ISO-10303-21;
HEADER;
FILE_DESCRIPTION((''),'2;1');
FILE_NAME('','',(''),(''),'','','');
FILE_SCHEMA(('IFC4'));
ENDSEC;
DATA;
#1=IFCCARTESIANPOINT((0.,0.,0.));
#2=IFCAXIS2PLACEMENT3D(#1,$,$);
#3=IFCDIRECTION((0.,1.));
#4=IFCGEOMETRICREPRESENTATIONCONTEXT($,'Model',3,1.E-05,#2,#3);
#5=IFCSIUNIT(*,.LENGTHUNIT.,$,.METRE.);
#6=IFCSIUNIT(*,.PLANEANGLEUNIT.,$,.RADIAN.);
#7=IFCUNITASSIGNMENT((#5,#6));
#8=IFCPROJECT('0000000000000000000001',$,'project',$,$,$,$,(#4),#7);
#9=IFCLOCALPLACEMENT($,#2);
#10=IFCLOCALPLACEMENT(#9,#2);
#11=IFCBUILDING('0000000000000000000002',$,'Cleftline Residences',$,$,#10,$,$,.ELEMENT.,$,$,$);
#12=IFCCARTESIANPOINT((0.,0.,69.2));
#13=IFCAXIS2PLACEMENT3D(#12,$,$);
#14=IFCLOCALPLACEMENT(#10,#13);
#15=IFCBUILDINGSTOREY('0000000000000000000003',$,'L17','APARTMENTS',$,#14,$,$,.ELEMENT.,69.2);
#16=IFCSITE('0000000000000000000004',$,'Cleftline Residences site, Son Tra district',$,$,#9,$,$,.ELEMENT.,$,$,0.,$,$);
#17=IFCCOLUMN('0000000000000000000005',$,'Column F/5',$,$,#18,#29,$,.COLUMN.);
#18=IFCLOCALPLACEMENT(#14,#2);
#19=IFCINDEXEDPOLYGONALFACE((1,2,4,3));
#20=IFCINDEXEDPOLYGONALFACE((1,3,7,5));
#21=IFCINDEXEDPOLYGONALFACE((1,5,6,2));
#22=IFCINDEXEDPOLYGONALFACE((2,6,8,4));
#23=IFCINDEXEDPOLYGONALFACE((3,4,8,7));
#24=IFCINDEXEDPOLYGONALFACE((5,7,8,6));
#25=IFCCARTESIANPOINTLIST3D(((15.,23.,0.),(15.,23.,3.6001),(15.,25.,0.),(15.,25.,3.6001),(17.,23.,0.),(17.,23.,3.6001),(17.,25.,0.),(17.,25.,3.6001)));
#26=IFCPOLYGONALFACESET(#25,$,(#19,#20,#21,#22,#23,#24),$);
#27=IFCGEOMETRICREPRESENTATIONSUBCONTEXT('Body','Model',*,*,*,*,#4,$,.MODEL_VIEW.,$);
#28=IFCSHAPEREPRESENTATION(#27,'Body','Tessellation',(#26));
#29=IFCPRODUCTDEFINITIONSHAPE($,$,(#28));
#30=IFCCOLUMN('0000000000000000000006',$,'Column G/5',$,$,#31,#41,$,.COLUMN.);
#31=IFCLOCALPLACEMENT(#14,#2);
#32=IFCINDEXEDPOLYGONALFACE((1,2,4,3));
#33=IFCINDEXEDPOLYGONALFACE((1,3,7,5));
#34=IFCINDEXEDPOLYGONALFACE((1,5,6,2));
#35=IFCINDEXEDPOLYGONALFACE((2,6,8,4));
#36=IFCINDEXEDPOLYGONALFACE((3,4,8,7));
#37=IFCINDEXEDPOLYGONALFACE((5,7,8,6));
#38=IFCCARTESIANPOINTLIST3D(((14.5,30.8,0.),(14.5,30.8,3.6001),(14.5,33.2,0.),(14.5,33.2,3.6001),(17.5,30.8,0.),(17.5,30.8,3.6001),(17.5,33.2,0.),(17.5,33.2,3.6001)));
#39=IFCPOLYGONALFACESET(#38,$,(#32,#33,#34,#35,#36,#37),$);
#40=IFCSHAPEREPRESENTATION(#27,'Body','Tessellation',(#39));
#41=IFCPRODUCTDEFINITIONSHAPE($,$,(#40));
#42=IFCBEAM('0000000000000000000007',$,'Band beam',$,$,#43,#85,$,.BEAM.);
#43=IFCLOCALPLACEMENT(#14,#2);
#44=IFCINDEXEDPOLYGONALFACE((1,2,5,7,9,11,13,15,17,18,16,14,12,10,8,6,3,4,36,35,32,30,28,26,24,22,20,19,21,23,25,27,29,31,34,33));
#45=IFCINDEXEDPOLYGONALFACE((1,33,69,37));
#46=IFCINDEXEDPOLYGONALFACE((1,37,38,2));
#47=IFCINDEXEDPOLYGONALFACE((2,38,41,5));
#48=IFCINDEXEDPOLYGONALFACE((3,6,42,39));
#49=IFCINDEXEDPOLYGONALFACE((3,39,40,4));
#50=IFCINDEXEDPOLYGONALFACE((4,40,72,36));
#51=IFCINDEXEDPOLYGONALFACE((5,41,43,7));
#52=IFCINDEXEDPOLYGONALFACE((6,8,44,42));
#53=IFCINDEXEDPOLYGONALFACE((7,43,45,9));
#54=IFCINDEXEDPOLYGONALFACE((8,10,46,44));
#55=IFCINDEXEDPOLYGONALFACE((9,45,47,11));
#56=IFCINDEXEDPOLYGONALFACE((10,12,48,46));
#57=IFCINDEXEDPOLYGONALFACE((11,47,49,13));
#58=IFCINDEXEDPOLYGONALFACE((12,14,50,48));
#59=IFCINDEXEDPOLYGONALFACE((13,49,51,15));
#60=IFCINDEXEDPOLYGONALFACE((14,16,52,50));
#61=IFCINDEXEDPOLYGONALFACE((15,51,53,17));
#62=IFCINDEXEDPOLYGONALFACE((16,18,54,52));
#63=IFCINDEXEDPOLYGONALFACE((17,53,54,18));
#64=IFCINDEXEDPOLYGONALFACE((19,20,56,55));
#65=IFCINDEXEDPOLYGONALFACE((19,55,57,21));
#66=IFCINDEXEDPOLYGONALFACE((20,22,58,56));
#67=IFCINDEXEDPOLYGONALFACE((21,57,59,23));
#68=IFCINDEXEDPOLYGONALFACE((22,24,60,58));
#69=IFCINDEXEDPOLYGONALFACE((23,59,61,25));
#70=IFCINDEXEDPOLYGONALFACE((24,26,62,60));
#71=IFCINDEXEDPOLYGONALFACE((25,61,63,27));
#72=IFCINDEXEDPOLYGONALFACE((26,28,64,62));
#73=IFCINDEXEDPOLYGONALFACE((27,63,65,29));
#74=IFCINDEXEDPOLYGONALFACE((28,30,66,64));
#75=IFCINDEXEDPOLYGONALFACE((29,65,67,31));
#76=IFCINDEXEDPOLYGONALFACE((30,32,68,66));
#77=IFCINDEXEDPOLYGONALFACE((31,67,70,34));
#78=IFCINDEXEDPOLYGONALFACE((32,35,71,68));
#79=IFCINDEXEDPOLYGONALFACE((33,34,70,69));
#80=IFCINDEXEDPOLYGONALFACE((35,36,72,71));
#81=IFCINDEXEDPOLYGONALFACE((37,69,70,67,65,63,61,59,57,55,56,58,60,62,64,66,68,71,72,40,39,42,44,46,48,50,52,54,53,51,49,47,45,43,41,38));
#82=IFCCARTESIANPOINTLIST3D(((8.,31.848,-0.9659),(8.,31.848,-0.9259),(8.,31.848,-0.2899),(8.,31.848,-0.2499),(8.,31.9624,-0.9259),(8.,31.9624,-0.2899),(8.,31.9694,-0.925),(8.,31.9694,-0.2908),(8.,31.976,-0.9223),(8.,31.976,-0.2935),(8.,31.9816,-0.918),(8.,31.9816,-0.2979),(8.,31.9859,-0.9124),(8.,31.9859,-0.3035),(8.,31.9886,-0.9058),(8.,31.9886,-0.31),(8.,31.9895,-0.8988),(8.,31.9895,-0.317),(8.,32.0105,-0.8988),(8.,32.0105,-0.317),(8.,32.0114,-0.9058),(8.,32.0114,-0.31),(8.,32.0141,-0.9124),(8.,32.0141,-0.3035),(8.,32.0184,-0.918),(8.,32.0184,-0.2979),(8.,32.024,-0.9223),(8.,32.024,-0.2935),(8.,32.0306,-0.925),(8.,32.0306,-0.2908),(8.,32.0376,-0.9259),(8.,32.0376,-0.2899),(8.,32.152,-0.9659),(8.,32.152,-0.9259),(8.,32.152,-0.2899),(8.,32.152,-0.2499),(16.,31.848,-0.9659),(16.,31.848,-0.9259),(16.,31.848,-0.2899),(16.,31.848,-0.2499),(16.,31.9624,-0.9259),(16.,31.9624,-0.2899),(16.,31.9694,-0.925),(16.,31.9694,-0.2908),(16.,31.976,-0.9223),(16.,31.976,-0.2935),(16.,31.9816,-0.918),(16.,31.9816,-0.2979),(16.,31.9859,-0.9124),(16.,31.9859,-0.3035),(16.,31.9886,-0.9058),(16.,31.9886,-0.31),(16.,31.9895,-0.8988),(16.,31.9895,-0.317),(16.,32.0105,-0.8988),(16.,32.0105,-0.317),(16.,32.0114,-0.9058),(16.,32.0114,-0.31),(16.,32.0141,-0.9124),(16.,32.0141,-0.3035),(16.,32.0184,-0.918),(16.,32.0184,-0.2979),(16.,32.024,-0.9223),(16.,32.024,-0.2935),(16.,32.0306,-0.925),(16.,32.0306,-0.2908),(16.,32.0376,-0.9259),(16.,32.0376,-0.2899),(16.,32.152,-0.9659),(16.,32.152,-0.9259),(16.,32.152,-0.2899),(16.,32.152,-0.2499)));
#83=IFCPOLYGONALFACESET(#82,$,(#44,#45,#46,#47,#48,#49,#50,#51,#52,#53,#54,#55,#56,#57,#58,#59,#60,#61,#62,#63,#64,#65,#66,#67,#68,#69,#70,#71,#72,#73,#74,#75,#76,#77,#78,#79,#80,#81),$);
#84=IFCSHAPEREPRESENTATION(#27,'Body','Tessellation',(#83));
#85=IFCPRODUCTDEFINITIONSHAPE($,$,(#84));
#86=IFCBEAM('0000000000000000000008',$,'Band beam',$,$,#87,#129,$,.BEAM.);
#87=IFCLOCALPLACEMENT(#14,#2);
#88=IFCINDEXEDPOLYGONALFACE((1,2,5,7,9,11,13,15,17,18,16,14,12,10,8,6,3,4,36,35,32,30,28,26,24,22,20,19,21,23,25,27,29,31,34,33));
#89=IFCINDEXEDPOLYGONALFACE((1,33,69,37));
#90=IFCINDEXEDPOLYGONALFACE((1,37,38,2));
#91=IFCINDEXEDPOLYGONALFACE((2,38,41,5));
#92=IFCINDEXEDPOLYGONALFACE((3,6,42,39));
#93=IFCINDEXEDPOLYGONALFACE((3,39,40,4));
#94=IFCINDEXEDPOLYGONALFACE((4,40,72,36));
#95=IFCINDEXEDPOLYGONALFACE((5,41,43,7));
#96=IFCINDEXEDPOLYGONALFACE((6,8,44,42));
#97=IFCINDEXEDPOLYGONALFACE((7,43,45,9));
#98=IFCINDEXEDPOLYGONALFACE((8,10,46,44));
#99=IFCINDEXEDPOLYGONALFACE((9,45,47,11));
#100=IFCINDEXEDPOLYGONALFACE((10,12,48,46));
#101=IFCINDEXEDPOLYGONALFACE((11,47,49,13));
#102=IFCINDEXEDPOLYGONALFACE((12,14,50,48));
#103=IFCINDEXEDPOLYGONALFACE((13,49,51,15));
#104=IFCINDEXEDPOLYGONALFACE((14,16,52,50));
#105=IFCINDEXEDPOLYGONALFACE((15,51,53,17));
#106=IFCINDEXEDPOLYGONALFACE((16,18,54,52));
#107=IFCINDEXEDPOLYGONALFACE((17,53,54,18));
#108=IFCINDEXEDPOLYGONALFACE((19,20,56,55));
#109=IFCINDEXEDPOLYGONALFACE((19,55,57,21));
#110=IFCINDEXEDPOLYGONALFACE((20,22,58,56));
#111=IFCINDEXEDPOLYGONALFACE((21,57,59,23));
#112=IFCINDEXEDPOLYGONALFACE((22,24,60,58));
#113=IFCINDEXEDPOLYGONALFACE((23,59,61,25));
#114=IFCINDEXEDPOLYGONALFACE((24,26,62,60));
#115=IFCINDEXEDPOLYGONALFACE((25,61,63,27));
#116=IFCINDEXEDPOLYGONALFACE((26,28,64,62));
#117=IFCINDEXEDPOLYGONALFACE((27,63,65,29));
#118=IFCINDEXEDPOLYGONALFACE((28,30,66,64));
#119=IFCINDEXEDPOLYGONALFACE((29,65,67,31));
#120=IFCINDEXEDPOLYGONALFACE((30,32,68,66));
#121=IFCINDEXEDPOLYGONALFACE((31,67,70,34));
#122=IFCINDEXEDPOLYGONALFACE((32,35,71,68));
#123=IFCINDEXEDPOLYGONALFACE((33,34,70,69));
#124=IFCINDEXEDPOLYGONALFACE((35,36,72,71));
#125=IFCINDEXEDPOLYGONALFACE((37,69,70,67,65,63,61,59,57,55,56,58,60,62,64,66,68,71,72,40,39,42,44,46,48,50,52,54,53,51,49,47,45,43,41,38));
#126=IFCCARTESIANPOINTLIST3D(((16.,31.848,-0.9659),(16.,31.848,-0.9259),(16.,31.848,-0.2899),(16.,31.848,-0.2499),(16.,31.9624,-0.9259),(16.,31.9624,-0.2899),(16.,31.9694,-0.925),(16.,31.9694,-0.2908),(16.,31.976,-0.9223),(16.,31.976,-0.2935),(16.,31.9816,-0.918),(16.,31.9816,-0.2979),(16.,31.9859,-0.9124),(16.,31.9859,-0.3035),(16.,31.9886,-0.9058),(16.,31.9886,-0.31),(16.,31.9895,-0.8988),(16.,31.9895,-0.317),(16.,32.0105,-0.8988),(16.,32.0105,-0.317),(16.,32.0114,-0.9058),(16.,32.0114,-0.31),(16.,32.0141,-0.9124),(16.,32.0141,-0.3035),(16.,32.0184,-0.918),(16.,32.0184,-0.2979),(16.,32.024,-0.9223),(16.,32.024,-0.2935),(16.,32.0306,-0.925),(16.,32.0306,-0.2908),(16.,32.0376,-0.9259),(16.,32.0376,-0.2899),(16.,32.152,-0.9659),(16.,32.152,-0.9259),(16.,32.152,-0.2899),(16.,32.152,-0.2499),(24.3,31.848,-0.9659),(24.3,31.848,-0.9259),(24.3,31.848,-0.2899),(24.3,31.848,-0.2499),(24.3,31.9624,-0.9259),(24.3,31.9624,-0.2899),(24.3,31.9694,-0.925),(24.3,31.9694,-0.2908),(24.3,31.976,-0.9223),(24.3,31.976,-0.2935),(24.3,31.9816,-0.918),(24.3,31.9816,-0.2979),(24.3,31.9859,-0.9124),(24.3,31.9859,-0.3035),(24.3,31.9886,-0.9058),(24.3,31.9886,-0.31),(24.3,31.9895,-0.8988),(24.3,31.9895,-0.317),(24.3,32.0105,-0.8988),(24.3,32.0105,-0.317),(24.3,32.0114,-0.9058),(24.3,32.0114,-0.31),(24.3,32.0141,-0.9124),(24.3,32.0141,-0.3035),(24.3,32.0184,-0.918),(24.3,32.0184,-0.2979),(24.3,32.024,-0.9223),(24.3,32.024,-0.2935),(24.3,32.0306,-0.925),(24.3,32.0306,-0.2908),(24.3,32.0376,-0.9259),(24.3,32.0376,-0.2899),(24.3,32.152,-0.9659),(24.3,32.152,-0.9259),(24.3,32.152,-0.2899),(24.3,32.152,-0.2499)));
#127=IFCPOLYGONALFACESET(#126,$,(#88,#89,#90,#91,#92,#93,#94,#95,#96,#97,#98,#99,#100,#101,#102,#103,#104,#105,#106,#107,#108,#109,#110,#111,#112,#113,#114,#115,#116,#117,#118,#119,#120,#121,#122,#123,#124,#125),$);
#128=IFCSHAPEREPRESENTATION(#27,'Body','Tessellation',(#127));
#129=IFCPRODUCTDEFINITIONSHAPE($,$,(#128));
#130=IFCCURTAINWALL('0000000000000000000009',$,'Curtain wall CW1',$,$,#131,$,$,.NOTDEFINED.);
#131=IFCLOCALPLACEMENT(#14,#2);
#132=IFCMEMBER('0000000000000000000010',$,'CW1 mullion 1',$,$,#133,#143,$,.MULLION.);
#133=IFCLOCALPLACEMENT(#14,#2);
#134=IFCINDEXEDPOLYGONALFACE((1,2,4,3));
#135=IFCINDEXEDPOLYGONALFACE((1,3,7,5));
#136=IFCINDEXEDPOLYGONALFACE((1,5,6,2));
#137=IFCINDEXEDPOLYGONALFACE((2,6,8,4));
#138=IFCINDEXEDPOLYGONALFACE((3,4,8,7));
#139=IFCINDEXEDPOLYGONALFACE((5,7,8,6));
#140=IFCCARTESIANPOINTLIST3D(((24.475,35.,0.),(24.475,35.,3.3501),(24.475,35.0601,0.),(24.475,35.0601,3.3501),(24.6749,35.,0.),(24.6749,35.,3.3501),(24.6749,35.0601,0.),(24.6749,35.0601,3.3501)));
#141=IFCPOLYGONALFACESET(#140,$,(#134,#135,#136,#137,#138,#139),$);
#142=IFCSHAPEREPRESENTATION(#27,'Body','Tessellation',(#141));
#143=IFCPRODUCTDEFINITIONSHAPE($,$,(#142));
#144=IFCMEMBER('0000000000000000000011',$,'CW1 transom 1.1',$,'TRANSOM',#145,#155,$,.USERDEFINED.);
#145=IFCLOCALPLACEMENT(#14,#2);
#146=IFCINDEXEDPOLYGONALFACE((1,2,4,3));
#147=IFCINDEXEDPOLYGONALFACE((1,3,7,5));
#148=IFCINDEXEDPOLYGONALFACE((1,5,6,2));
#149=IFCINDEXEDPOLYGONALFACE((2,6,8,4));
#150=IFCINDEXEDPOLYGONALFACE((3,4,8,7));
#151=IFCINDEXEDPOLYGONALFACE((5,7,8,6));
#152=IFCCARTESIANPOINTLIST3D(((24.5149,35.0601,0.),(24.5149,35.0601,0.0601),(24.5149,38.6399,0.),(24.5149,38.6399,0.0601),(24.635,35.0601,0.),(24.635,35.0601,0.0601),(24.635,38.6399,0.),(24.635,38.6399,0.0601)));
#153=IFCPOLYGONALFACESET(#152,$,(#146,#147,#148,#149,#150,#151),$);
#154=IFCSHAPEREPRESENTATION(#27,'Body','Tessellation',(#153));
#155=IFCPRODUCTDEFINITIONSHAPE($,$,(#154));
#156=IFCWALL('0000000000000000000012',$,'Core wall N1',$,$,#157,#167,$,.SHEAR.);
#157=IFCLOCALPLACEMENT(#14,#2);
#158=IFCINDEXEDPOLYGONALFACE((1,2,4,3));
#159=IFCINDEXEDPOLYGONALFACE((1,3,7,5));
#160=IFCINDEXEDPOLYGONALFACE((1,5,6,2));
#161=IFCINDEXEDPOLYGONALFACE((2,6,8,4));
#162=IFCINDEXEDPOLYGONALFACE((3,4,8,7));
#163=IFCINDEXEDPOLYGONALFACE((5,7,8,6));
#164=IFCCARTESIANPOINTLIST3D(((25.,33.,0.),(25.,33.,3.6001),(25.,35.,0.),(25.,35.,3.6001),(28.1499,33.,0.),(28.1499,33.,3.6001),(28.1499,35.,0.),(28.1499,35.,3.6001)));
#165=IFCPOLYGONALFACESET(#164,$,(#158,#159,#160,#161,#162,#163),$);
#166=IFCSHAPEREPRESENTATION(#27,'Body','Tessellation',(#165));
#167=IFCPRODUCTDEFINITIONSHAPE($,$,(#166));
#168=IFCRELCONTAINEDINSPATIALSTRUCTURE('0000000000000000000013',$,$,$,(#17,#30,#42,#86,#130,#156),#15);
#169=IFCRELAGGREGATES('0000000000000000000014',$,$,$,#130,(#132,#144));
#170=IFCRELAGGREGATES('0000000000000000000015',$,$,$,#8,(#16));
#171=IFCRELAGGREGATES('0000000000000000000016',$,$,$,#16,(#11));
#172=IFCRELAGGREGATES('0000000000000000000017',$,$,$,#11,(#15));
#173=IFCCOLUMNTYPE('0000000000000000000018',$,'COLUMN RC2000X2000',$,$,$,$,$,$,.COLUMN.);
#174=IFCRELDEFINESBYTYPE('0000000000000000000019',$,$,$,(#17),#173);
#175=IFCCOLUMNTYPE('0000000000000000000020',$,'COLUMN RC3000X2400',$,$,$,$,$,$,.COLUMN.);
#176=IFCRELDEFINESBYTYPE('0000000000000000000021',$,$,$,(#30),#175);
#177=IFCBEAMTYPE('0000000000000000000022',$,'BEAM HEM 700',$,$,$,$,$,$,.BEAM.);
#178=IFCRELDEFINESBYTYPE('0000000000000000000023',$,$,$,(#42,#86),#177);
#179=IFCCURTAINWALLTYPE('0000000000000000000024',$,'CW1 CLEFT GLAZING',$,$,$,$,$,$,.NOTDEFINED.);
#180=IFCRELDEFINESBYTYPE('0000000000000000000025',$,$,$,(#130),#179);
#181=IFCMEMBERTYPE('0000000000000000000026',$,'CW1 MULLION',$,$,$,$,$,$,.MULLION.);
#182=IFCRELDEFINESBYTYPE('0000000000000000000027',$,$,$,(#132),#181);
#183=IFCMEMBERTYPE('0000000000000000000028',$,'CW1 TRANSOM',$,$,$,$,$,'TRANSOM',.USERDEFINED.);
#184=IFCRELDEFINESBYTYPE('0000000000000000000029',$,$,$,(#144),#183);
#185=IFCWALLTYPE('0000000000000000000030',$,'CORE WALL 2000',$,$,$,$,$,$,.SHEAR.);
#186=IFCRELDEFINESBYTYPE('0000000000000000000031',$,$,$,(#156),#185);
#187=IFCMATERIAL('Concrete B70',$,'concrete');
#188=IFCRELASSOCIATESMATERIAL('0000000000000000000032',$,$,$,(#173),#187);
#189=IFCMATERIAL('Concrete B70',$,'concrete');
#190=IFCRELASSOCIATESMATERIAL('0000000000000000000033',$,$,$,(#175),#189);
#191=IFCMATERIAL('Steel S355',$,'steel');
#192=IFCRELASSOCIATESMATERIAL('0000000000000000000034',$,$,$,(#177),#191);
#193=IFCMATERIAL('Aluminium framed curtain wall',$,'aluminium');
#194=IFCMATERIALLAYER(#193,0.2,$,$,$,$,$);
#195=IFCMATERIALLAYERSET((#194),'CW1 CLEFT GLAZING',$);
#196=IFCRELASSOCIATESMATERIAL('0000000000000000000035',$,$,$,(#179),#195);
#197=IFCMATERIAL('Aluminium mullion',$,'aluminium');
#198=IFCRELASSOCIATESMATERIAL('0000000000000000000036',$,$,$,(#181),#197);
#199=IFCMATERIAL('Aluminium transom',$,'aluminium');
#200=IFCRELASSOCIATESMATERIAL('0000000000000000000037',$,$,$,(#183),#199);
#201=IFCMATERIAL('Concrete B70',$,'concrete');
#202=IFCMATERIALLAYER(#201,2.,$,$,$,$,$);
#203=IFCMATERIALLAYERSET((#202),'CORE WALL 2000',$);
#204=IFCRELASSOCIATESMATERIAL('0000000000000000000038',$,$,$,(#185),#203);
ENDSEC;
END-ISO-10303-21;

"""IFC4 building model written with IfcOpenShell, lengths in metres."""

from ifc_helpers import new_model, si_unit, direction, frame, frame_2d, origin, origin_2d, place, context, subcontext, project, spatial, rectangle, i_section, extrude, material, layer, layer_set, material_profile, profile_set, type_object, element, aggregate, save


model = new_model("IFC4")

# Units and contexts
model_context = context("Model", 3, precision=1e-05, world=origin(), true_north=direction((0.0, 1.0)))
body_context = subcontext(model_context, "Body", "Model", "MODEL_VIEW")
ifc_project = project(units=[si_unit("LENGTHUNIT", "METRE"), si_unit("PLANEANGLEUNIT", "RADIAN")], contexts=[model_context])

# Site, building, storey
site_placement = place(None, origin())
site = spatial("IfcSite", under=ifc_project, at=site_placement, Name="Cleftline Residences site, Son Tra district", CompositionType="ELEMENT", RefElevation=0.0)
building_placement = place(site_placement, origin())
building = spatial("IfcBuilding", under=site, at=building_placement, Name="Cleftline Residences", CompositionType="ELEMENT")
storey_placement = place(building_placement, frame((0.0, 0.0, 69.2)))
storey = spatial("IfcBuildingStorey", under=building, at=storey_placement, Name="L17", Description="APARTMENTS", CompositionType="ELEMENT", Elevation=69.2)

# Columns
ifc_material_1 = material(Name="Concrete B70", Category="concrete")
ifc_material_profile_1 = material_profile(ifc_material_1, rectangle(XDim=2.0, YDim=2.0, at=origin_2d()))
ifc_profile_set_1 = profile_set([ifc_material_profile_1], Name="Concrete B70")
column_type_1 = type_object("IfcColumnType", Name="COLUMN RC2000X2000", PredefinedType="COLUMN", material=ifc_profile_set_1)
column_1_placement = place(storey_placement, frame((16.0, 24.0, 0.0), z_axis=(0.0, 0.0, 1.0), x_axis=(1.0, 0.0, 0.0)))
element("IfcColumn", 1, at=column_1_placement, inside=storey, type_object=column_type_1, Name="Column F/5", PredefinedType="COLUMN", context=body_context, shape_type="SweptSolid", body=[
    extrude(rectangle(XDim=2.0, YDim=2.0, at=origin_2d()), origin(), (0.0, 0.0, 1.0), 3.6001),
])
ifc_material_2 = material(Name="Concrete B70", Category="concrete")
ifc_material_profile_2 = material_profile(ifc_material_2, rectangle(XDim=3.0, YDim=2.3999, at=origin_2d()))
ifc_profile_set_2 = profile_set([ifc_material_profile_2], Name="Concrete B70")
column_type_2 = type_object("IfcColumnType", Name="COLUMN RC3000X2400", PredefinedType="COLUMN", material=ifc_profile_set_2)
column_2_placement = place(storey_placement, frame((16.0, 32.0, 0.0), z_axis=(0.0, 0.0, 1.0), x_axis=(1.0, 0.0, 0.0)))
element("IfcColumn", 2, at=column_2_placement, inside=storey, type_object=column_type_2, Name="Column G/5", PredefinedType="COLUMN", context=body_context, shape_type="SweptSolid", body=[
    extrude(rectangle(XDim=3.0, YDim=2.3999, at=origin_2d()), origin(), (0.0, 0.0, 1.0), 3.6001),
])

# Beams
ifc_material_3 = material(Name="Steel S355", Category="steel")
ifc_material_profile_3 = material_profile(ifc_material_3, i_section(OverallWidth=0.304, OverallDepth=0.7161, WebThickness=0.021, FlangeThickness=0.04, FilletRadius=0.0271, at=origin_2d()))
ifc_profile_set_3 = profile_set([ifc_material_profile_3], Name="Steel S355")
beam_type = type_object("IfcBeamType", Name="BEAM HEM 700", PredefinedType="BEAM", material=ifc_profile_set_3)
beam_1_placement = place(storey_placement, frame((8.0, 32.0, -0.6079), z_axis=(1.0, 0.0, 0.0), x_axis=(0.0, 1.0, 0.0)))
element("IfcBeam", 3, at=beam_1_placement, inside=storey, type_object=beam_type, Name="Band beam", PredefinedType="BEAM", context=body_context, shape_type="SweptSolid", body=[
    extrude(i_section(OverallWidth=0.304, OverallDepth=0.7161, WebThickness=0.021, FlangeThickness=0.04, FilletRadius=0.0271, at=origin_2d()), origin(), (0.0, 0.0, 1.0), 8.0),
])
beam_2_placement = place(storey_placement, frame((16.0, 32.0, -0.6079), z_axis=(1.0, 0.0, 0.0), x_axis=(0.0, 1.0, 0.0)))
element("IfcBeam", 4, at=beam_2_placement, inside=storey, type_object=beam_type, Name="Band beam", PredefinedType="BEAM", context=body_context, shape_type="SweptSolid", body=[
    extrude(i_section(OverallWidth=0.304, OverallDepth=0.7161, WebThickness=0.021, FlangeThickness=0.04, FilletRadius=0.0271, at=origin_2d()), origin(), (0.0, 0.0, 1.0), 8.3),
])

# Curtain wall, members
ifc_material_4 = material(Name="Aluminium framed curtain wall", Category="aluminium")
ifc_layer_1 = layer(ifc_material_4, 0.2)
ifc_layer_set_1 = layer_set([ifc_layer_1], Name="CW1 CLEFT GLAZING")
curtain_wall_type = type_object("IfcCurtainWallType", Name="CW1 CLEFT GLAZING", PredefinedType="NOTDEFINED", material=ifc_layer_set_1)
curtain_wall_placement = place(storey_placement, origin())
curtain_wall = element("IfcCurtainWall", 5, at=curtain_wall_placement, inside=storey, type_object=curtain_wall_type, Name="Curtain wall CW1", PredefinedType="NOTDEFINED")
ifc_material_5 = material(Name="Aluminium mullion", Category="aluminium")
ifc_material_profile_4 = material_profile(ifc_material_5, rectangle(XDim=0.2, YDim=0.0601, at=origin_2d()))
ifc_profile_set_4 = profile_set([ifc_material_profile_4], Name="Aluminium mullion")
member_type_1 = type_object("IfcMemberType", Name="CW1 MULLION", PredefinedType="MULLION", material=ifc_profile_set_4)
member_1_placement = place(storey_placement, frame((24.575, 35.03, 0.0), z_axis=(0.0, 0.0, 1.0), x_axis=(-1.0, 0.0, 0.0)))
member_1 = element("IfcMember", 6, at=member_1_placement, type_object=member_type_1, Name="CW1 mullion 1", PredefinedType="MULLION", context=body_context, shape_type="SweptSolid", body=[
    extrude(rectangle(XDim=0.2, YDim=0.0601, at=origin_2d()), origin(), (0.0, 0.0, 1.0), 3.3501),
])
ifc_material_6 = material(Name="Aluminium transom", Category="aluminium")
ifc_material_profile_5 = material_profile(ifc_material_6, rectangle(XDim=0.1201, YDim=0.0601, at=origin_2d()))
ifc_profile_set_5 = profile_set([ifc_material_profile_5], Name="Aluminium transom")
member_type_2 = type_object("IfcMemberType", Name="CW1 TRANSOM", ElementType="TRANSOM", PredefinedType="USERDEFINED", material=ifc_profile_set_5)
member_2_placement = place(storey_placement, frame((24.575, 35.0601, 0.03), z_axis=(0.0, 1.0, 0.0), x_axis=(-1.0, 0.0, 0.0)))
member_2 = element("IfcMember", 7, at=member_2_placement, type_object=member_type_2, Name="CW1 transom 1.1", ObjectType="TRANSOM", PredefinedType="USERDEFINED", context=body_context, shape_type="SweptSolid", body=[
    extrude(rectangle(XDim=0.1201, YDim=0.0601, at=origin_2d()), origin(), (0.0, 0.0, 1.0), 3.5798),
])
aggregate(curtain_wall, [member_1, member_2])

# Wall
ifc_material_7 = material(Name="Concrete B70", Category="concrete")
ifc_layer_2 = layer(ifc_material_7, 2.0)
ifc_layer_set_2 = layer_set([ifc_layer_2], Name="CORE WALL 2000")
wall_type_1 = type_object("IfcWallType", Name="CORE WALL 2000", PredefinedType="SHEAR", material=ifc_layer_set_2)
wall_1_placement = place(storey_placement, frame((25.0, 34.0, 0.0), z_axis=(0.0, 0.0, 1.0), x_axis=(1.0, 0.0, 0.0)))
element("IfcWall", 8, at=wall_1_placement, inside=storey, type_object=wall_type_1, Name="Core wall N1", PredefinedType="SHEAR", context=body_context, shape_type="SweptSolid", body=[
    extrude(rectangle(XDim=3.1499, YDim=2.0, at=frame_2d((1.575, 0.0))), origin(), (0.0, 0.0, 1.0), 3.6001),
])

save(model, "model.ifc")
